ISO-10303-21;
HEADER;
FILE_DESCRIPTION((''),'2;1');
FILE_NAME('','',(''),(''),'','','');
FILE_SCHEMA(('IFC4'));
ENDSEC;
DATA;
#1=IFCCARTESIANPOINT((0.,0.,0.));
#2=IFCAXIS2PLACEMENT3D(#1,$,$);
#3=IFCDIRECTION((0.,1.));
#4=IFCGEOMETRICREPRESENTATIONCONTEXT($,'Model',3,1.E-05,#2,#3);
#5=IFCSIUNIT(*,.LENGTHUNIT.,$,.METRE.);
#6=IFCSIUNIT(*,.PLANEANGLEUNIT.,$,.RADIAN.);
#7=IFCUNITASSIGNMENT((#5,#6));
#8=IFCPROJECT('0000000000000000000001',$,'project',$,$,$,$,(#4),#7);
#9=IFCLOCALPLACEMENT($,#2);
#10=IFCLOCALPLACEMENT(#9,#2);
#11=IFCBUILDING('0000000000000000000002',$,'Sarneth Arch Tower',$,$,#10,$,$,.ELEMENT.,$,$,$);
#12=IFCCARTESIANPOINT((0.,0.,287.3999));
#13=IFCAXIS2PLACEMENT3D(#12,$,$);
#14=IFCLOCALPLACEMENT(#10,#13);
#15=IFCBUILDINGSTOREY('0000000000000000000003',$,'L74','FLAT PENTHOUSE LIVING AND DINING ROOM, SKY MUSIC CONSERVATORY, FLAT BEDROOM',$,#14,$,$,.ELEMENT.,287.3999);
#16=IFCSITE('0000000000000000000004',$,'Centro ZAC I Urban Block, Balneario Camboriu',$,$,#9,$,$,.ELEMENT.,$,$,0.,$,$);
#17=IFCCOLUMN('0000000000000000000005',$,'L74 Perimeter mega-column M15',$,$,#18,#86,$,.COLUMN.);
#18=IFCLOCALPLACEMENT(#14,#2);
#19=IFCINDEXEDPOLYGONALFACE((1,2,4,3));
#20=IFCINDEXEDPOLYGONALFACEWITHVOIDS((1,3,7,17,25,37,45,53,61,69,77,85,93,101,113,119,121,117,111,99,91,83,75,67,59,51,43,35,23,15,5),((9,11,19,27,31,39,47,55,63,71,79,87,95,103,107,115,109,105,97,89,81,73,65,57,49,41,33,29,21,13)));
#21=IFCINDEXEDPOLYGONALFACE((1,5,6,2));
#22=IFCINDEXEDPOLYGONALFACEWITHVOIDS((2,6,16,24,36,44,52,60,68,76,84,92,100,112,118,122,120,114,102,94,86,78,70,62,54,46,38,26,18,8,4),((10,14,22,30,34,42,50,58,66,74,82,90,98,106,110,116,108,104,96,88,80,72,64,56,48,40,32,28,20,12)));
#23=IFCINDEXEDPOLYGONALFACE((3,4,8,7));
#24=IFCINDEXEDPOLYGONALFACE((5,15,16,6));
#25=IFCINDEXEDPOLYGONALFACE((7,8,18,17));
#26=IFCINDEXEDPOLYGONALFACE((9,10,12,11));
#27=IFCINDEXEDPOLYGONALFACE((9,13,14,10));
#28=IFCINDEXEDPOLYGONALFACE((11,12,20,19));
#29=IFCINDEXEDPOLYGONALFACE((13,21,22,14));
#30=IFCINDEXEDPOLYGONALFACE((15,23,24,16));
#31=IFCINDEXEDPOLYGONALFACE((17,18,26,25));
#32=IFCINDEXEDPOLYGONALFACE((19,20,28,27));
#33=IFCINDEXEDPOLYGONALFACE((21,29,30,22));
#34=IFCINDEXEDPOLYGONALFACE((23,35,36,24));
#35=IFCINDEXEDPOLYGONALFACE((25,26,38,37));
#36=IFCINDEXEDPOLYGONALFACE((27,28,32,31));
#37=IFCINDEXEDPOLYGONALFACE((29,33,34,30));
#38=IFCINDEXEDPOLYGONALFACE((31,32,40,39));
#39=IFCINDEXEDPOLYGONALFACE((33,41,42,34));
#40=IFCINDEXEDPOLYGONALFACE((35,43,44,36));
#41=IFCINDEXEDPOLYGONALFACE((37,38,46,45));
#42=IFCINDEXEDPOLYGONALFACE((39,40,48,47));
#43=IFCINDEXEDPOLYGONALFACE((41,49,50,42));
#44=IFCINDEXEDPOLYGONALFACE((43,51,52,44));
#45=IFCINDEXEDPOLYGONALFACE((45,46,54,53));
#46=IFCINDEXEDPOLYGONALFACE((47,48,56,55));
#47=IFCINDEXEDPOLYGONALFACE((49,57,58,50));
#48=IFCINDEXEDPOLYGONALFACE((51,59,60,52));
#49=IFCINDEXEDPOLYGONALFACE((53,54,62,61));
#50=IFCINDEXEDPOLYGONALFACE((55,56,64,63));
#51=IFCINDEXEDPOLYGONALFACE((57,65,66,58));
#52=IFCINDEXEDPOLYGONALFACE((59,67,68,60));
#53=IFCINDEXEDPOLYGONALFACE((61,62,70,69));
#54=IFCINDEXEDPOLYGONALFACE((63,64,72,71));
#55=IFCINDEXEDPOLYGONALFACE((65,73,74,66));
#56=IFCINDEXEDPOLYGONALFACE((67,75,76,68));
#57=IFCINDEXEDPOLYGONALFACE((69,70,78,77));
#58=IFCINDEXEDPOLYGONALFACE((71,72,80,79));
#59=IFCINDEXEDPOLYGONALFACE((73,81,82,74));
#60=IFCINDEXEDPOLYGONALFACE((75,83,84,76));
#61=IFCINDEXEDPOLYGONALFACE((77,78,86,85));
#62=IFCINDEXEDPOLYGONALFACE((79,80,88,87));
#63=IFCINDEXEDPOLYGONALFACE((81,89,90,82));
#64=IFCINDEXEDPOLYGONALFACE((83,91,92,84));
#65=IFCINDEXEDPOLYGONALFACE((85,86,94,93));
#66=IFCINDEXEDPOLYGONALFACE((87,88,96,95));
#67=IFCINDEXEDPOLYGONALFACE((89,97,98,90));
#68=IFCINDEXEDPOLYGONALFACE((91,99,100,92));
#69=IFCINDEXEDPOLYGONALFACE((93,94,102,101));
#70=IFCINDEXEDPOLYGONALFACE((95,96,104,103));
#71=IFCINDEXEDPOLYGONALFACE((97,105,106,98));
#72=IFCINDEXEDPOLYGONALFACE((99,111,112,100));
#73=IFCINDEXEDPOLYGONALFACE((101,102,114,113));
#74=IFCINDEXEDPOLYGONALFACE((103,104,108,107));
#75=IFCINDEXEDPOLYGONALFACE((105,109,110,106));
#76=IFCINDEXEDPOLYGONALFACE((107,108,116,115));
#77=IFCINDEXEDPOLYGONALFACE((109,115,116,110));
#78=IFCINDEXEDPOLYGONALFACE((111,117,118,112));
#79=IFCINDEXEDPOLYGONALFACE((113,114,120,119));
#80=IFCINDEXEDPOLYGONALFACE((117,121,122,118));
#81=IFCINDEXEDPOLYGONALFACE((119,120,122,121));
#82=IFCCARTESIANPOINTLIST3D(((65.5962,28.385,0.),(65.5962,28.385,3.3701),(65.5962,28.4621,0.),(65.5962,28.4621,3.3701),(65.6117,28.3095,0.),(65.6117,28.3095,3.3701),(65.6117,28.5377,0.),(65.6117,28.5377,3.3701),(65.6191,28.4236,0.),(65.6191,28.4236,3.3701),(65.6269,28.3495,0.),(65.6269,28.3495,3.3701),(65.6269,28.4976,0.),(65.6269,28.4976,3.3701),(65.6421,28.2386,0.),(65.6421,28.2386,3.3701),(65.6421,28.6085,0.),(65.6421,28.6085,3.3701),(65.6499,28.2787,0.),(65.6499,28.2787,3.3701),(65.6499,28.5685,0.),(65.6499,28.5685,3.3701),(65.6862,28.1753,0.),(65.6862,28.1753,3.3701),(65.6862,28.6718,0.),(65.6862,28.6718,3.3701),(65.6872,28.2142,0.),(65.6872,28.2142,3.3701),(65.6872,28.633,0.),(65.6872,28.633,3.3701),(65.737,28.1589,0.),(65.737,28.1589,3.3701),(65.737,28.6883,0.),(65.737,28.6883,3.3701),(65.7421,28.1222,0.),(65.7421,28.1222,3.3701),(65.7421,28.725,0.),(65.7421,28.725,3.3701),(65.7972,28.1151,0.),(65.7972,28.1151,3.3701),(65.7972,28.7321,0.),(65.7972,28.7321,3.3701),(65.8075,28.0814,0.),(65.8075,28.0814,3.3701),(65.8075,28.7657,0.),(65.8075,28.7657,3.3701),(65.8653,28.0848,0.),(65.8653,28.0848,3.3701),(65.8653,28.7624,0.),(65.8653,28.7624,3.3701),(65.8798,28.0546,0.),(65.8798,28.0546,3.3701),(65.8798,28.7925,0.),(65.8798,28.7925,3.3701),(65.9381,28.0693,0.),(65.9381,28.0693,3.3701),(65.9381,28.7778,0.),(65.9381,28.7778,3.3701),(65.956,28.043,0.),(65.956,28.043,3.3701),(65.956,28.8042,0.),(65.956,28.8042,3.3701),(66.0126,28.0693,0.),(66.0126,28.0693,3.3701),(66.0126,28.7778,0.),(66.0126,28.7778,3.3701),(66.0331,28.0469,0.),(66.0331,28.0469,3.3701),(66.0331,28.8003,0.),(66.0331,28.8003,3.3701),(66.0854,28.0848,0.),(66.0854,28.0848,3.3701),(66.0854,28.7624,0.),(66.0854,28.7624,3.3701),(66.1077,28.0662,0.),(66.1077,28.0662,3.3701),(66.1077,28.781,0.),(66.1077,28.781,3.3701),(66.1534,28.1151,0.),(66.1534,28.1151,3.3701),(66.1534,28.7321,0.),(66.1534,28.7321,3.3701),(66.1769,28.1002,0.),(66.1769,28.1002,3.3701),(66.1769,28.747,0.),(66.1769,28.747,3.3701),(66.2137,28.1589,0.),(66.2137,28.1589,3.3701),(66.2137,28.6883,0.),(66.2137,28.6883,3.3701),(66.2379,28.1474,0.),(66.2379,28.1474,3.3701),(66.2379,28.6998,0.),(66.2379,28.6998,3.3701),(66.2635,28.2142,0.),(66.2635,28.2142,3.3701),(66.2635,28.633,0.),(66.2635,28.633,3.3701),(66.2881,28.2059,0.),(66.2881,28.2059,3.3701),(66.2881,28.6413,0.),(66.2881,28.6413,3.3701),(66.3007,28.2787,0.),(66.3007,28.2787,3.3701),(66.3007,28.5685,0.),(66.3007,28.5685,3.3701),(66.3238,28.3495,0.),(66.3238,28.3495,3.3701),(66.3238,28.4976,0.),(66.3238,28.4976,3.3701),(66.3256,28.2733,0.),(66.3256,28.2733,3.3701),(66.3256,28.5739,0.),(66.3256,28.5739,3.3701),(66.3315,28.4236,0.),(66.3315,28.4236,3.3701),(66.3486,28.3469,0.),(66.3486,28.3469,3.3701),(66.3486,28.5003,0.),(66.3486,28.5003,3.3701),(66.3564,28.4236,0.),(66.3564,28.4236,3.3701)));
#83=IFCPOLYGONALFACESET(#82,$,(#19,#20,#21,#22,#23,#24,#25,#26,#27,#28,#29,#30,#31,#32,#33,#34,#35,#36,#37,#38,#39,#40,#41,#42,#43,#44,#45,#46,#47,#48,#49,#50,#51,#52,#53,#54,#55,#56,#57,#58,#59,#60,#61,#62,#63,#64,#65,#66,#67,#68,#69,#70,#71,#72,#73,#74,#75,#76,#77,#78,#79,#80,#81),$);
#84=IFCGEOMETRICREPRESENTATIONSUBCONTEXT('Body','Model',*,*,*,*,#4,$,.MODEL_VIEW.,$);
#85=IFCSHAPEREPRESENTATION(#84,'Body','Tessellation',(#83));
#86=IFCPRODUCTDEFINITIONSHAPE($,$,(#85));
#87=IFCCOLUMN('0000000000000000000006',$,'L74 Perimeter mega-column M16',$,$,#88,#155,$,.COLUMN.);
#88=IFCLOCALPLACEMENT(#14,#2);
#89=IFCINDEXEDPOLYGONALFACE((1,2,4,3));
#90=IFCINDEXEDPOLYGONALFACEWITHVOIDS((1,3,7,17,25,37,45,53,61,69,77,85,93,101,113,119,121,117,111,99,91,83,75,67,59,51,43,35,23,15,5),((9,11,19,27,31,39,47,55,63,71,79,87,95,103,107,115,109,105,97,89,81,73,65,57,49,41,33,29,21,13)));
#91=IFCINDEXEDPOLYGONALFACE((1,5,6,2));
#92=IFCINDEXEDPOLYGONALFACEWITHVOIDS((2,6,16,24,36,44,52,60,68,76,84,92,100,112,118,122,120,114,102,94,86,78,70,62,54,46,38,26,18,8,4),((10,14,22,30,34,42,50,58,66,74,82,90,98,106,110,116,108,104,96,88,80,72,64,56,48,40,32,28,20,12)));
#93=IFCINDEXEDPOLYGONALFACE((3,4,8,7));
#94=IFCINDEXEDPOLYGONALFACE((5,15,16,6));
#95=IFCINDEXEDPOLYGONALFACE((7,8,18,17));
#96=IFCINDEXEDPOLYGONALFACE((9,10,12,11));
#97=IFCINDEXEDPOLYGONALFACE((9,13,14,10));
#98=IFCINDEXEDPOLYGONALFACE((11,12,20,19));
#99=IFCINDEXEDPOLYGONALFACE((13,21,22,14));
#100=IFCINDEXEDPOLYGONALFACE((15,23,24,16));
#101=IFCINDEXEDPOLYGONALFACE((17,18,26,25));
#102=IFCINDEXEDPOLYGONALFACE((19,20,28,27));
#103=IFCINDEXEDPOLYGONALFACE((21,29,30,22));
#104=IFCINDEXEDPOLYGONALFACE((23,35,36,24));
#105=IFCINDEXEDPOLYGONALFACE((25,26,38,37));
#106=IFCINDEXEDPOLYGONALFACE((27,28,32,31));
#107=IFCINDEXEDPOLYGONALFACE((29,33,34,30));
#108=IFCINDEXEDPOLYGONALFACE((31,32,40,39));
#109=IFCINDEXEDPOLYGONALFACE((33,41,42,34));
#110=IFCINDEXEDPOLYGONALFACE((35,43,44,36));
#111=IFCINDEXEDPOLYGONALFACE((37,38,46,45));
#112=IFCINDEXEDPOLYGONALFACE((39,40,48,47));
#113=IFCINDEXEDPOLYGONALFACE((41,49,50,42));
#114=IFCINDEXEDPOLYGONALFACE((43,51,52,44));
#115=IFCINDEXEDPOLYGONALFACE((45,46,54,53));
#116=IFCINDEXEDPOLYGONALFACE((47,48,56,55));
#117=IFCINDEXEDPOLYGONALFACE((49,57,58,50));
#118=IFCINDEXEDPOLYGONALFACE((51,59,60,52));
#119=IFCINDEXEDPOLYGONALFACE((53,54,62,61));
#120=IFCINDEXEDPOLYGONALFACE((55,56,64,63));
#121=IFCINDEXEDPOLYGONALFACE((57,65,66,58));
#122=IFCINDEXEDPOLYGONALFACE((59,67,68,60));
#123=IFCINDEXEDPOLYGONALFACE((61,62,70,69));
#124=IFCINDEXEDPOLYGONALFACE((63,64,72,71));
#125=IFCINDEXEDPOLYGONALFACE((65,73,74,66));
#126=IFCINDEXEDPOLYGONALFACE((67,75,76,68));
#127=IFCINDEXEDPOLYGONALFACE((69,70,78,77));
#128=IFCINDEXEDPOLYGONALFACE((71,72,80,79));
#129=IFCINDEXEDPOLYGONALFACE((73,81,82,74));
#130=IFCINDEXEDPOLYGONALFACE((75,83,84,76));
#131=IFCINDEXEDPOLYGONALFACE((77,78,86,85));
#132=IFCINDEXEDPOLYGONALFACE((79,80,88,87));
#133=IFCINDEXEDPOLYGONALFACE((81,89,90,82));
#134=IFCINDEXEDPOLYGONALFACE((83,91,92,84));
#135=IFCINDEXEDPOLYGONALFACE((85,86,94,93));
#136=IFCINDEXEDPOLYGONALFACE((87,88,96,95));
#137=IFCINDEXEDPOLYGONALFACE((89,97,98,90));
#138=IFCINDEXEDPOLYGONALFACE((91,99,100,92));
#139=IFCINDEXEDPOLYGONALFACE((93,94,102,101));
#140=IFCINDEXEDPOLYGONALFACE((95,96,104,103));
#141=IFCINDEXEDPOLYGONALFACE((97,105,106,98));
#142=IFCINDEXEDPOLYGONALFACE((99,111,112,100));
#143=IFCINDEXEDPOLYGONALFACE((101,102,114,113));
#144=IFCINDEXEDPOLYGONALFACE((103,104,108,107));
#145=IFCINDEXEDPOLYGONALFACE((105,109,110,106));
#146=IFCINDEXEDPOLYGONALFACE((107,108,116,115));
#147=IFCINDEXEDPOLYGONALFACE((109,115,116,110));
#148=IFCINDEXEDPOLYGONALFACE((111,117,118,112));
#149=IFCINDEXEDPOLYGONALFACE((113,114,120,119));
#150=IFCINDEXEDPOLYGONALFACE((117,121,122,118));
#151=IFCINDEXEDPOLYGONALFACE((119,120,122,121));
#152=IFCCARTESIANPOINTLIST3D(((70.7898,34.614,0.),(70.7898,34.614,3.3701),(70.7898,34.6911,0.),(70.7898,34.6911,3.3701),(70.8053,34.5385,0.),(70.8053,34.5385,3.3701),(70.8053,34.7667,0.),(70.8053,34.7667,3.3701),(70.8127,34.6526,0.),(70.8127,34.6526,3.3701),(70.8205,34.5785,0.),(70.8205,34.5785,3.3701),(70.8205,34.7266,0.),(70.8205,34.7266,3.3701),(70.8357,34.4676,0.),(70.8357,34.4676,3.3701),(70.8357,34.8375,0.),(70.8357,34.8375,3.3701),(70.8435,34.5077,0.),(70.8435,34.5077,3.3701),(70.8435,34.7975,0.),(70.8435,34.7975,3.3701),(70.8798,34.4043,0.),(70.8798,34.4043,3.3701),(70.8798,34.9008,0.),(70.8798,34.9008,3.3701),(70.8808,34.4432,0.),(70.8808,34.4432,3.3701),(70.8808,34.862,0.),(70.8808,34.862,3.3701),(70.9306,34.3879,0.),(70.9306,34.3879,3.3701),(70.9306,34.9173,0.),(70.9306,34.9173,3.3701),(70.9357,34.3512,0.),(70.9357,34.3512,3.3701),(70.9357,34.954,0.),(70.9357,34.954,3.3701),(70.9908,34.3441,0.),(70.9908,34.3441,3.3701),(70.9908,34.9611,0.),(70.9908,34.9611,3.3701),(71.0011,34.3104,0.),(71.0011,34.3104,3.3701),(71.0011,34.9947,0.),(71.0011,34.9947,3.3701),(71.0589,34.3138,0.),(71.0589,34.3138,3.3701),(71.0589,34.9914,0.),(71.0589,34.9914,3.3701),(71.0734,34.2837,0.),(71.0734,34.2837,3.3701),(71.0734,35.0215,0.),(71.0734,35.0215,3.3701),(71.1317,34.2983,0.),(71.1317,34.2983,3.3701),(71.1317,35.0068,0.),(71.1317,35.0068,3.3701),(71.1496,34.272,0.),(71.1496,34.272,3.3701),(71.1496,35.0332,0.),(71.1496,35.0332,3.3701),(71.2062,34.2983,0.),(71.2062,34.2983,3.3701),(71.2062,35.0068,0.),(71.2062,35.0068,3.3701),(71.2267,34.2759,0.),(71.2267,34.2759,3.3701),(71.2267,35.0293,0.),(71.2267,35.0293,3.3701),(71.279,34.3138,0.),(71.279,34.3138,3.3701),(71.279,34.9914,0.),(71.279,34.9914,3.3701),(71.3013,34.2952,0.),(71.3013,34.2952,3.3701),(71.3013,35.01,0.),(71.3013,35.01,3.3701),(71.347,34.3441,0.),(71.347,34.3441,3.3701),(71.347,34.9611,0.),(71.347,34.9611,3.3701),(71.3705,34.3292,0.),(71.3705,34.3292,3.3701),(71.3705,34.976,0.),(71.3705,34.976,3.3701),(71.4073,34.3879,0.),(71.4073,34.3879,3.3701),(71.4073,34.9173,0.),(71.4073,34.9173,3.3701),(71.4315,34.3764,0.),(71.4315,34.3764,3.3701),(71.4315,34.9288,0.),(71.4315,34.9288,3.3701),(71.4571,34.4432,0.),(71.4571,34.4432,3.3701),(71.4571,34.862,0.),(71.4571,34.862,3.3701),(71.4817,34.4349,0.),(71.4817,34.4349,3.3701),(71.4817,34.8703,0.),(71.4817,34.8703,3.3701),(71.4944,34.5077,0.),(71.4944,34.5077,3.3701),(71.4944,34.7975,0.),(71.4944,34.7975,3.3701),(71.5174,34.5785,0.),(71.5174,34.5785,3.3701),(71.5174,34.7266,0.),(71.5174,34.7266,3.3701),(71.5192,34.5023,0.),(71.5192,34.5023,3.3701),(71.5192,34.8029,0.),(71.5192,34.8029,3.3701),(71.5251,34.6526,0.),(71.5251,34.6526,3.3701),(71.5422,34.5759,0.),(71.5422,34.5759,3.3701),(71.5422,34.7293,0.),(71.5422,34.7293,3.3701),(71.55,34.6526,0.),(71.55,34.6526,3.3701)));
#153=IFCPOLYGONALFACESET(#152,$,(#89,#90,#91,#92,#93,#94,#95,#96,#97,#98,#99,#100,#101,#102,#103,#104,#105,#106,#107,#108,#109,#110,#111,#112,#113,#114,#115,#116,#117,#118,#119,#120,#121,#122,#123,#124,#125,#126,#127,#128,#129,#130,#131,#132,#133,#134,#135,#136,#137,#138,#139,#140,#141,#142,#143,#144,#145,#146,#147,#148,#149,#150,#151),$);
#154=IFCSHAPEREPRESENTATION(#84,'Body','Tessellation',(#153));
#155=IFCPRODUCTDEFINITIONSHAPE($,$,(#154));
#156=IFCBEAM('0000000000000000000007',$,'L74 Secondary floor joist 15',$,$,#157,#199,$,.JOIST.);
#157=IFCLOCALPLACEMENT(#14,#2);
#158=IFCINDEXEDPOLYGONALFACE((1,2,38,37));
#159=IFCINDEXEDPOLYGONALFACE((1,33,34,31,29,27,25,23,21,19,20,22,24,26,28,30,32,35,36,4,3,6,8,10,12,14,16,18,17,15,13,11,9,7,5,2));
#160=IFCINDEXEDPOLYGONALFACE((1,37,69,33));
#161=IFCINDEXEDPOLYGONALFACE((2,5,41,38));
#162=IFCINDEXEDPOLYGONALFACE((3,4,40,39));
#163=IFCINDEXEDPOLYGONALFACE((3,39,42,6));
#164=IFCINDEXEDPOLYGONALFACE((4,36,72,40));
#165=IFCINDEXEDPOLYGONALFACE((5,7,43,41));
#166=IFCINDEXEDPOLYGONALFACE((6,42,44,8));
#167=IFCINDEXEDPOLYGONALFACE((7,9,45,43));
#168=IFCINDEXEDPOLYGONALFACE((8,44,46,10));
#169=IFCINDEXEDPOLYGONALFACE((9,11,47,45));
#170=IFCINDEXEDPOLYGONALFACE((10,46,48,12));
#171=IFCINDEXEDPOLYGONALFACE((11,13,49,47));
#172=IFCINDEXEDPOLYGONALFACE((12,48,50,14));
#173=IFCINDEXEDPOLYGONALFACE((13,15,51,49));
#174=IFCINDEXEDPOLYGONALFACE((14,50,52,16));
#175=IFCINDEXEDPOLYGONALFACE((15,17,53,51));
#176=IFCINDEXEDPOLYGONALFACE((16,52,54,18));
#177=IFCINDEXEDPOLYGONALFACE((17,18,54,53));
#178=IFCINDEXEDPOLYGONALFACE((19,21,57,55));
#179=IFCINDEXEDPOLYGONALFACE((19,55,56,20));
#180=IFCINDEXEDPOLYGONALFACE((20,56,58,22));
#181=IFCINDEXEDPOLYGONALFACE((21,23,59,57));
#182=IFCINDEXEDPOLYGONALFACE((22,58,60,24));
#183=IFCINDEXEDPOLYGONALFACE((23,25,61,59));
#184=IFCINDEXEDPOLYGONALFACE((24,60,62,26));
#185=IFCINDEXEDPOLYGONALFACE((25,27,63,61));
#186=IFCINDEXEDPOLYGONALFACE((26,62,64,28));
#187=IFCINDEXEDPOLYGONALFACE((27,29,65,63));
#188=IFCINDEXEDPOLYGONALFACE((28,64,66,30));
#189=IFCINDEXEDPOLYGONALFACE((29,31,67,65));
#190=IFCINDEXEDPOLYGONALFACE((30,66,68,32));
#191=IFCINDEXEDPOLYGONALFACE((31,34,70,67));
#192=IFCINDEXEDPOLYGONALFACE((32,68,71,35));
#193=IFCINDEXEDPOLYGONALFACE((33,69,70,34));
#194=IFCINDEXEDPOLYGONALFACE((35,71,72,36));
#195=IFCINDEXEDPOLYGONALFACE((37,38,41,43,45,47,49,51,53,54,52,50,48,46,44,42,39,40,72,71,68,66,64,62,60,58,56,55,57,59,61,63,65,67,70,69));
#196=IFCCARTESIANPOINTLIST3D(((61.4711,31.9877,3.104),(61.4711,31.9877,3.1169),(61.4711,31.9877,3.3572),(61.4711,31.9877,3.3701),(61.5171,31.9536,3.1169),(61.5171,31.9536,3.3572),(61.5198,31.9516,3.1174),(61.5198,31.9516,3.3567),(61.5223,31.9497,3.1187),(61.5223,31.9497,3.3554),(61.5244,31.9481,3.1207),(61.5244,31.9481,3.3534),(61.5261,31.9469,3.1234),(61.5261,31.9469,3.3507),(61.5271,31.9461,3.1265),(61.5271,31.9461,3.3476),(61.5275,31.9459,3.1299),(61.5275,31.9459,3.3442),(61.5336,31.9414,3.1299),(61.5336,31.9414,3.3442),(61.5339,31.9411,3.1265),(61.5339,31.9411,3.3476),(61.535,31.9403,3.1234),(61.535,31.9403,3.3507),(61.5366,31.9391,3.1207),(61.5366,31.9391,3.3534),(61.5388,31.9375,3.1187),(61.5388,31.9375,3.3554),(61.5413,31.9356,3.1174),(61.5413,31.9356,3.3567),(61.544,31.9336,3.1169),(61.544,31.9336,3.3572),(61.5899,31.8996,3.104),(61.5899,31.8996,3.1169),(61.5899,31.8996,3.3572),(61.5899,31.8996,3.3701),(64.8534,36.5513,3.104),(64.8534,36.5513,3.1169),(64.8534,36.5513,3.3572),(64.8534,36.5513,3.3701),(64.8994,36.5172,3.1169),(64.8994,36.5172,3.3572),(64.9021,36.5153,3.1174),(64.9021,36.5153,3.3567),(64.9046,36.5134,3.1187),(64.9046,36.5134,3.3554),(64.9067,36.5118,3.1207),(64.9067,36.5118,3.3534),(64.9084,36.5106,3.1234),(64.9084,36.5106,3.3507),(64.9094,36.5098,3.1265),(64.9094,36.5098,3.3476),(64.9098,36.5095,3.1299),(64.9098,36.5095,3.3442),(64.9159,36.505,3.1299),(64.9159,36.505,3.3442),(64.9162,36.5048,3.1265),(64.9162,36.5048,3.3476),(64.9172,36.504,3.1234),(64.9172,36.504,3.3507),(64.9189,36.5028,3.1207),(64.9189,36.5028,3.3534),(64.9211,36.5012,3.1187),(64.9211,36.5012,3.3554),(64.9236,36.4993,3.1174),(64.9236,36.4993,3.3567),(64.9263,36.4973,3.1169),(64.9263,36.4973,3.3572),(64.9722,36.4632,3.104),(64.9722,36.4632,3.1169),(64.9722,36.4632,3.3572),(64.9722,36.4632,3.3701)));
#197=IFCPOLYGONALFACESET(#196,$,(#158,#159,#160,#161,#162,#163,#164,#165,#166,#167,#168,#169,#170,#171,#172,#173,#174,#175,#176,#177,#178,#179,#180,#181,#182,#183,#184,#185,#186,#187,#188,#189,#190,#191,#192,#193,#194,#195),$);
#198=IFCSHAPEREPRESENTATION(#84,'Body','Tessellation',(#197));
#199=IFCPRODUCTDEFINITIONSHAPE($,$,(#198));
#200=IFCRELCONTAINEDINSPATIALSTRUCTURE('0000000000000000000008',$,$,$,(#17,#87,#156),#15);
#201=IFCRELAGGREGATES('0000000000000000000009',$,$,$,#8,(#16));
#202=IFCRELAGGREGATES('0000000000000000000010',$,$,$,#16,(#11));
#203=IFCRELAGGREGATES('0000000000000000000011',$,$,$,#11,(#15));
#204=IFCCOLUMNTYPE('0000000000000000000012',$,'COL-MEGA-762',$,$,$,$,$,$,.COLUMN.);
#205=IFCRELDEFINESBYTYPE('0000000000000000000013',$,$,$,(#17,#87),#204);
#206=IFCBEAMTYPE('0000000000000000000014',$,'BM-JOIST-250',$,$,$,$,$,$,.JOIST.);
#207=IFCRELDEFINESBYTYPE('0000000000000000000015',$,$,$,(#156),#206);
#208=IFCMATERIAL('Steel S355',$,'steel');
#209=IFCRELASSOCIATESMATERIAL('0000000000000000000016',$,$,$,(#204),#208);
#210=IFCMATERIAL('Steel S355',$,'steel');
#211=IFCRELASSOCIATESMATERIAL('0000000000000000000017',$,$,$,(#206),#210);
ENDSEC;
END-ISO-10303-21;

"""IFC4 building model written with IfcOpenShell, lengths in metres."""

from ifc_helpers import new_model, si_unit, direction, frame, origin, origin_2d, place, context, subcontext, project, spatial, hollow_circle, i_section, extrude, material, material_profile, profile_set, type_object, element, save


model = new_model("IFC4")

# Units and contexts
model_context = context("Model", 3, precision=1e-05, world=origin(), true_north=direction((0.0, 1.0)))
body_context = subcontext(model_context, "Body", "Model", "MODEL_VIEW")
ifc_project = project(units=[si_unit("LENGTHUNIT", "METRE"), si_unit("PLANEANGLEUNIT", "RADIAN")], contexts=[model_context])

# Site, building, storey
site_placement = place(None, origin())
site = spatial("IfcSite", under=ifc_project, at=site_placement, Name="Centro ZAC I Urban Block, Balneario Camboriu", CompositionType="ELEMENT", RefElevation=0.0)
building_placement = place(site_placement, origin())
building = spatial("IfcBuilding", under=site, at=building_placement, Name="Sarneth Arch Tower", CompositionType="ELEMENT")
storey_placement = place(building_placement, frame((0.0, 0.0, 287.3999)))
storey = spatial("IfcBuildingStorey", under=building, at=storey_placement, Name="L74", Description="FLAT PENTHOUSE LIVING AND DINING ROOM, SKY MUSIC CONSERVATORY, FLAT BEDROOM", CompositionType="ELEMENT", Elevation=287.3999)

# Columns
ifc_material_1 = material(Name="Steel S355", Category="steel")
ifc_material_profile_1 = material_profile(ifc_material_1, hollow_circle(Radius=0.3811, WallThickness=0.0249, at=origin_2d()), Name="CHS762x25")
ifc_profile_set_1 = profile_set([ifc_material_profile_1], Name="Steel S355")
column_type = type_object("IfcColumnType", Name="COL-MEGA-762", PredefinedType="COLUMN", material=ifc_profile_set_1)
for number, where, z_axis, x_axis, name in (
    (1, (65.9753, 28.4236, 0.0), (0.0, 0.0, 1.0), (1.0, 0.0, 0.0), "L74 Perimeter mega-column M15"),
    (2, (71.1689, 34.6526, 0.0), (0.0, 0.0, 1.0), (1.0, 0.0, 0.0), "L74 Perimeter mega-column M16"),
):
    element("IfcColumn", number, at=place(storey_placement, frame(where, z_axis=z_axis, x_axis=x_axis)), inside=storey, type_object=column_type, Name=name, PredefinedType="COLUMN", context=body_context, shape_type="SweptSolid", body=[
        extrude(hollow_circle(Radius=0.3811, WallThickness=0.0249, at=origin_2d()), origin(), (0.0, 0.0, 1.0), 3.3701),
    ])

# Beam
ifc_material_2 = material(Name="Steel S355", Category="steel")
ifc_material_profile_2 = material_profile(ifc_material_2, i_section(OverallWidth=0.1479, OverallDepth=0.2661, WebThickness=0.0076, FlangeThickness=0.0129, FilletRadius=0.0129, at=origin_2d()), Name="W250x44.8")
ifc_profile_set_2 = profile_set([ifc_material_profile_2], Name="Steel S355")
beam_type_1 = type_object("IfcBeamType", Name="BM-JOIST-250", PredefinedType="JOIST", material=ifc_profile_set_2)
beam_1_placement = place(storey_placement, frame((61.5305, 31.9436, 3.2371), z_axis=(0.595431, 0.803406, 0.0), x_axis=(-0.803406, 0.595431, 0.0)))
element("IfcBeam", 3, at=beam_1_placement, inside=storey, type_object=beam_type_1, Name="L74 Secondary floor joist 15", PredefinedType="JOIST", context=body_context, shape_type="SweptSolid", body=[
    extrude(i_section(OverallWidth=0.1479, OverallDepth=0.2661, WebThickness=0.0076, FlangeThickness=0.0129, FilletRadius=0.0129, at=origin_2d()), origin(), (0.0, 0.0, 1.0), 5.6804),
])

save(model, "model.ifc")
